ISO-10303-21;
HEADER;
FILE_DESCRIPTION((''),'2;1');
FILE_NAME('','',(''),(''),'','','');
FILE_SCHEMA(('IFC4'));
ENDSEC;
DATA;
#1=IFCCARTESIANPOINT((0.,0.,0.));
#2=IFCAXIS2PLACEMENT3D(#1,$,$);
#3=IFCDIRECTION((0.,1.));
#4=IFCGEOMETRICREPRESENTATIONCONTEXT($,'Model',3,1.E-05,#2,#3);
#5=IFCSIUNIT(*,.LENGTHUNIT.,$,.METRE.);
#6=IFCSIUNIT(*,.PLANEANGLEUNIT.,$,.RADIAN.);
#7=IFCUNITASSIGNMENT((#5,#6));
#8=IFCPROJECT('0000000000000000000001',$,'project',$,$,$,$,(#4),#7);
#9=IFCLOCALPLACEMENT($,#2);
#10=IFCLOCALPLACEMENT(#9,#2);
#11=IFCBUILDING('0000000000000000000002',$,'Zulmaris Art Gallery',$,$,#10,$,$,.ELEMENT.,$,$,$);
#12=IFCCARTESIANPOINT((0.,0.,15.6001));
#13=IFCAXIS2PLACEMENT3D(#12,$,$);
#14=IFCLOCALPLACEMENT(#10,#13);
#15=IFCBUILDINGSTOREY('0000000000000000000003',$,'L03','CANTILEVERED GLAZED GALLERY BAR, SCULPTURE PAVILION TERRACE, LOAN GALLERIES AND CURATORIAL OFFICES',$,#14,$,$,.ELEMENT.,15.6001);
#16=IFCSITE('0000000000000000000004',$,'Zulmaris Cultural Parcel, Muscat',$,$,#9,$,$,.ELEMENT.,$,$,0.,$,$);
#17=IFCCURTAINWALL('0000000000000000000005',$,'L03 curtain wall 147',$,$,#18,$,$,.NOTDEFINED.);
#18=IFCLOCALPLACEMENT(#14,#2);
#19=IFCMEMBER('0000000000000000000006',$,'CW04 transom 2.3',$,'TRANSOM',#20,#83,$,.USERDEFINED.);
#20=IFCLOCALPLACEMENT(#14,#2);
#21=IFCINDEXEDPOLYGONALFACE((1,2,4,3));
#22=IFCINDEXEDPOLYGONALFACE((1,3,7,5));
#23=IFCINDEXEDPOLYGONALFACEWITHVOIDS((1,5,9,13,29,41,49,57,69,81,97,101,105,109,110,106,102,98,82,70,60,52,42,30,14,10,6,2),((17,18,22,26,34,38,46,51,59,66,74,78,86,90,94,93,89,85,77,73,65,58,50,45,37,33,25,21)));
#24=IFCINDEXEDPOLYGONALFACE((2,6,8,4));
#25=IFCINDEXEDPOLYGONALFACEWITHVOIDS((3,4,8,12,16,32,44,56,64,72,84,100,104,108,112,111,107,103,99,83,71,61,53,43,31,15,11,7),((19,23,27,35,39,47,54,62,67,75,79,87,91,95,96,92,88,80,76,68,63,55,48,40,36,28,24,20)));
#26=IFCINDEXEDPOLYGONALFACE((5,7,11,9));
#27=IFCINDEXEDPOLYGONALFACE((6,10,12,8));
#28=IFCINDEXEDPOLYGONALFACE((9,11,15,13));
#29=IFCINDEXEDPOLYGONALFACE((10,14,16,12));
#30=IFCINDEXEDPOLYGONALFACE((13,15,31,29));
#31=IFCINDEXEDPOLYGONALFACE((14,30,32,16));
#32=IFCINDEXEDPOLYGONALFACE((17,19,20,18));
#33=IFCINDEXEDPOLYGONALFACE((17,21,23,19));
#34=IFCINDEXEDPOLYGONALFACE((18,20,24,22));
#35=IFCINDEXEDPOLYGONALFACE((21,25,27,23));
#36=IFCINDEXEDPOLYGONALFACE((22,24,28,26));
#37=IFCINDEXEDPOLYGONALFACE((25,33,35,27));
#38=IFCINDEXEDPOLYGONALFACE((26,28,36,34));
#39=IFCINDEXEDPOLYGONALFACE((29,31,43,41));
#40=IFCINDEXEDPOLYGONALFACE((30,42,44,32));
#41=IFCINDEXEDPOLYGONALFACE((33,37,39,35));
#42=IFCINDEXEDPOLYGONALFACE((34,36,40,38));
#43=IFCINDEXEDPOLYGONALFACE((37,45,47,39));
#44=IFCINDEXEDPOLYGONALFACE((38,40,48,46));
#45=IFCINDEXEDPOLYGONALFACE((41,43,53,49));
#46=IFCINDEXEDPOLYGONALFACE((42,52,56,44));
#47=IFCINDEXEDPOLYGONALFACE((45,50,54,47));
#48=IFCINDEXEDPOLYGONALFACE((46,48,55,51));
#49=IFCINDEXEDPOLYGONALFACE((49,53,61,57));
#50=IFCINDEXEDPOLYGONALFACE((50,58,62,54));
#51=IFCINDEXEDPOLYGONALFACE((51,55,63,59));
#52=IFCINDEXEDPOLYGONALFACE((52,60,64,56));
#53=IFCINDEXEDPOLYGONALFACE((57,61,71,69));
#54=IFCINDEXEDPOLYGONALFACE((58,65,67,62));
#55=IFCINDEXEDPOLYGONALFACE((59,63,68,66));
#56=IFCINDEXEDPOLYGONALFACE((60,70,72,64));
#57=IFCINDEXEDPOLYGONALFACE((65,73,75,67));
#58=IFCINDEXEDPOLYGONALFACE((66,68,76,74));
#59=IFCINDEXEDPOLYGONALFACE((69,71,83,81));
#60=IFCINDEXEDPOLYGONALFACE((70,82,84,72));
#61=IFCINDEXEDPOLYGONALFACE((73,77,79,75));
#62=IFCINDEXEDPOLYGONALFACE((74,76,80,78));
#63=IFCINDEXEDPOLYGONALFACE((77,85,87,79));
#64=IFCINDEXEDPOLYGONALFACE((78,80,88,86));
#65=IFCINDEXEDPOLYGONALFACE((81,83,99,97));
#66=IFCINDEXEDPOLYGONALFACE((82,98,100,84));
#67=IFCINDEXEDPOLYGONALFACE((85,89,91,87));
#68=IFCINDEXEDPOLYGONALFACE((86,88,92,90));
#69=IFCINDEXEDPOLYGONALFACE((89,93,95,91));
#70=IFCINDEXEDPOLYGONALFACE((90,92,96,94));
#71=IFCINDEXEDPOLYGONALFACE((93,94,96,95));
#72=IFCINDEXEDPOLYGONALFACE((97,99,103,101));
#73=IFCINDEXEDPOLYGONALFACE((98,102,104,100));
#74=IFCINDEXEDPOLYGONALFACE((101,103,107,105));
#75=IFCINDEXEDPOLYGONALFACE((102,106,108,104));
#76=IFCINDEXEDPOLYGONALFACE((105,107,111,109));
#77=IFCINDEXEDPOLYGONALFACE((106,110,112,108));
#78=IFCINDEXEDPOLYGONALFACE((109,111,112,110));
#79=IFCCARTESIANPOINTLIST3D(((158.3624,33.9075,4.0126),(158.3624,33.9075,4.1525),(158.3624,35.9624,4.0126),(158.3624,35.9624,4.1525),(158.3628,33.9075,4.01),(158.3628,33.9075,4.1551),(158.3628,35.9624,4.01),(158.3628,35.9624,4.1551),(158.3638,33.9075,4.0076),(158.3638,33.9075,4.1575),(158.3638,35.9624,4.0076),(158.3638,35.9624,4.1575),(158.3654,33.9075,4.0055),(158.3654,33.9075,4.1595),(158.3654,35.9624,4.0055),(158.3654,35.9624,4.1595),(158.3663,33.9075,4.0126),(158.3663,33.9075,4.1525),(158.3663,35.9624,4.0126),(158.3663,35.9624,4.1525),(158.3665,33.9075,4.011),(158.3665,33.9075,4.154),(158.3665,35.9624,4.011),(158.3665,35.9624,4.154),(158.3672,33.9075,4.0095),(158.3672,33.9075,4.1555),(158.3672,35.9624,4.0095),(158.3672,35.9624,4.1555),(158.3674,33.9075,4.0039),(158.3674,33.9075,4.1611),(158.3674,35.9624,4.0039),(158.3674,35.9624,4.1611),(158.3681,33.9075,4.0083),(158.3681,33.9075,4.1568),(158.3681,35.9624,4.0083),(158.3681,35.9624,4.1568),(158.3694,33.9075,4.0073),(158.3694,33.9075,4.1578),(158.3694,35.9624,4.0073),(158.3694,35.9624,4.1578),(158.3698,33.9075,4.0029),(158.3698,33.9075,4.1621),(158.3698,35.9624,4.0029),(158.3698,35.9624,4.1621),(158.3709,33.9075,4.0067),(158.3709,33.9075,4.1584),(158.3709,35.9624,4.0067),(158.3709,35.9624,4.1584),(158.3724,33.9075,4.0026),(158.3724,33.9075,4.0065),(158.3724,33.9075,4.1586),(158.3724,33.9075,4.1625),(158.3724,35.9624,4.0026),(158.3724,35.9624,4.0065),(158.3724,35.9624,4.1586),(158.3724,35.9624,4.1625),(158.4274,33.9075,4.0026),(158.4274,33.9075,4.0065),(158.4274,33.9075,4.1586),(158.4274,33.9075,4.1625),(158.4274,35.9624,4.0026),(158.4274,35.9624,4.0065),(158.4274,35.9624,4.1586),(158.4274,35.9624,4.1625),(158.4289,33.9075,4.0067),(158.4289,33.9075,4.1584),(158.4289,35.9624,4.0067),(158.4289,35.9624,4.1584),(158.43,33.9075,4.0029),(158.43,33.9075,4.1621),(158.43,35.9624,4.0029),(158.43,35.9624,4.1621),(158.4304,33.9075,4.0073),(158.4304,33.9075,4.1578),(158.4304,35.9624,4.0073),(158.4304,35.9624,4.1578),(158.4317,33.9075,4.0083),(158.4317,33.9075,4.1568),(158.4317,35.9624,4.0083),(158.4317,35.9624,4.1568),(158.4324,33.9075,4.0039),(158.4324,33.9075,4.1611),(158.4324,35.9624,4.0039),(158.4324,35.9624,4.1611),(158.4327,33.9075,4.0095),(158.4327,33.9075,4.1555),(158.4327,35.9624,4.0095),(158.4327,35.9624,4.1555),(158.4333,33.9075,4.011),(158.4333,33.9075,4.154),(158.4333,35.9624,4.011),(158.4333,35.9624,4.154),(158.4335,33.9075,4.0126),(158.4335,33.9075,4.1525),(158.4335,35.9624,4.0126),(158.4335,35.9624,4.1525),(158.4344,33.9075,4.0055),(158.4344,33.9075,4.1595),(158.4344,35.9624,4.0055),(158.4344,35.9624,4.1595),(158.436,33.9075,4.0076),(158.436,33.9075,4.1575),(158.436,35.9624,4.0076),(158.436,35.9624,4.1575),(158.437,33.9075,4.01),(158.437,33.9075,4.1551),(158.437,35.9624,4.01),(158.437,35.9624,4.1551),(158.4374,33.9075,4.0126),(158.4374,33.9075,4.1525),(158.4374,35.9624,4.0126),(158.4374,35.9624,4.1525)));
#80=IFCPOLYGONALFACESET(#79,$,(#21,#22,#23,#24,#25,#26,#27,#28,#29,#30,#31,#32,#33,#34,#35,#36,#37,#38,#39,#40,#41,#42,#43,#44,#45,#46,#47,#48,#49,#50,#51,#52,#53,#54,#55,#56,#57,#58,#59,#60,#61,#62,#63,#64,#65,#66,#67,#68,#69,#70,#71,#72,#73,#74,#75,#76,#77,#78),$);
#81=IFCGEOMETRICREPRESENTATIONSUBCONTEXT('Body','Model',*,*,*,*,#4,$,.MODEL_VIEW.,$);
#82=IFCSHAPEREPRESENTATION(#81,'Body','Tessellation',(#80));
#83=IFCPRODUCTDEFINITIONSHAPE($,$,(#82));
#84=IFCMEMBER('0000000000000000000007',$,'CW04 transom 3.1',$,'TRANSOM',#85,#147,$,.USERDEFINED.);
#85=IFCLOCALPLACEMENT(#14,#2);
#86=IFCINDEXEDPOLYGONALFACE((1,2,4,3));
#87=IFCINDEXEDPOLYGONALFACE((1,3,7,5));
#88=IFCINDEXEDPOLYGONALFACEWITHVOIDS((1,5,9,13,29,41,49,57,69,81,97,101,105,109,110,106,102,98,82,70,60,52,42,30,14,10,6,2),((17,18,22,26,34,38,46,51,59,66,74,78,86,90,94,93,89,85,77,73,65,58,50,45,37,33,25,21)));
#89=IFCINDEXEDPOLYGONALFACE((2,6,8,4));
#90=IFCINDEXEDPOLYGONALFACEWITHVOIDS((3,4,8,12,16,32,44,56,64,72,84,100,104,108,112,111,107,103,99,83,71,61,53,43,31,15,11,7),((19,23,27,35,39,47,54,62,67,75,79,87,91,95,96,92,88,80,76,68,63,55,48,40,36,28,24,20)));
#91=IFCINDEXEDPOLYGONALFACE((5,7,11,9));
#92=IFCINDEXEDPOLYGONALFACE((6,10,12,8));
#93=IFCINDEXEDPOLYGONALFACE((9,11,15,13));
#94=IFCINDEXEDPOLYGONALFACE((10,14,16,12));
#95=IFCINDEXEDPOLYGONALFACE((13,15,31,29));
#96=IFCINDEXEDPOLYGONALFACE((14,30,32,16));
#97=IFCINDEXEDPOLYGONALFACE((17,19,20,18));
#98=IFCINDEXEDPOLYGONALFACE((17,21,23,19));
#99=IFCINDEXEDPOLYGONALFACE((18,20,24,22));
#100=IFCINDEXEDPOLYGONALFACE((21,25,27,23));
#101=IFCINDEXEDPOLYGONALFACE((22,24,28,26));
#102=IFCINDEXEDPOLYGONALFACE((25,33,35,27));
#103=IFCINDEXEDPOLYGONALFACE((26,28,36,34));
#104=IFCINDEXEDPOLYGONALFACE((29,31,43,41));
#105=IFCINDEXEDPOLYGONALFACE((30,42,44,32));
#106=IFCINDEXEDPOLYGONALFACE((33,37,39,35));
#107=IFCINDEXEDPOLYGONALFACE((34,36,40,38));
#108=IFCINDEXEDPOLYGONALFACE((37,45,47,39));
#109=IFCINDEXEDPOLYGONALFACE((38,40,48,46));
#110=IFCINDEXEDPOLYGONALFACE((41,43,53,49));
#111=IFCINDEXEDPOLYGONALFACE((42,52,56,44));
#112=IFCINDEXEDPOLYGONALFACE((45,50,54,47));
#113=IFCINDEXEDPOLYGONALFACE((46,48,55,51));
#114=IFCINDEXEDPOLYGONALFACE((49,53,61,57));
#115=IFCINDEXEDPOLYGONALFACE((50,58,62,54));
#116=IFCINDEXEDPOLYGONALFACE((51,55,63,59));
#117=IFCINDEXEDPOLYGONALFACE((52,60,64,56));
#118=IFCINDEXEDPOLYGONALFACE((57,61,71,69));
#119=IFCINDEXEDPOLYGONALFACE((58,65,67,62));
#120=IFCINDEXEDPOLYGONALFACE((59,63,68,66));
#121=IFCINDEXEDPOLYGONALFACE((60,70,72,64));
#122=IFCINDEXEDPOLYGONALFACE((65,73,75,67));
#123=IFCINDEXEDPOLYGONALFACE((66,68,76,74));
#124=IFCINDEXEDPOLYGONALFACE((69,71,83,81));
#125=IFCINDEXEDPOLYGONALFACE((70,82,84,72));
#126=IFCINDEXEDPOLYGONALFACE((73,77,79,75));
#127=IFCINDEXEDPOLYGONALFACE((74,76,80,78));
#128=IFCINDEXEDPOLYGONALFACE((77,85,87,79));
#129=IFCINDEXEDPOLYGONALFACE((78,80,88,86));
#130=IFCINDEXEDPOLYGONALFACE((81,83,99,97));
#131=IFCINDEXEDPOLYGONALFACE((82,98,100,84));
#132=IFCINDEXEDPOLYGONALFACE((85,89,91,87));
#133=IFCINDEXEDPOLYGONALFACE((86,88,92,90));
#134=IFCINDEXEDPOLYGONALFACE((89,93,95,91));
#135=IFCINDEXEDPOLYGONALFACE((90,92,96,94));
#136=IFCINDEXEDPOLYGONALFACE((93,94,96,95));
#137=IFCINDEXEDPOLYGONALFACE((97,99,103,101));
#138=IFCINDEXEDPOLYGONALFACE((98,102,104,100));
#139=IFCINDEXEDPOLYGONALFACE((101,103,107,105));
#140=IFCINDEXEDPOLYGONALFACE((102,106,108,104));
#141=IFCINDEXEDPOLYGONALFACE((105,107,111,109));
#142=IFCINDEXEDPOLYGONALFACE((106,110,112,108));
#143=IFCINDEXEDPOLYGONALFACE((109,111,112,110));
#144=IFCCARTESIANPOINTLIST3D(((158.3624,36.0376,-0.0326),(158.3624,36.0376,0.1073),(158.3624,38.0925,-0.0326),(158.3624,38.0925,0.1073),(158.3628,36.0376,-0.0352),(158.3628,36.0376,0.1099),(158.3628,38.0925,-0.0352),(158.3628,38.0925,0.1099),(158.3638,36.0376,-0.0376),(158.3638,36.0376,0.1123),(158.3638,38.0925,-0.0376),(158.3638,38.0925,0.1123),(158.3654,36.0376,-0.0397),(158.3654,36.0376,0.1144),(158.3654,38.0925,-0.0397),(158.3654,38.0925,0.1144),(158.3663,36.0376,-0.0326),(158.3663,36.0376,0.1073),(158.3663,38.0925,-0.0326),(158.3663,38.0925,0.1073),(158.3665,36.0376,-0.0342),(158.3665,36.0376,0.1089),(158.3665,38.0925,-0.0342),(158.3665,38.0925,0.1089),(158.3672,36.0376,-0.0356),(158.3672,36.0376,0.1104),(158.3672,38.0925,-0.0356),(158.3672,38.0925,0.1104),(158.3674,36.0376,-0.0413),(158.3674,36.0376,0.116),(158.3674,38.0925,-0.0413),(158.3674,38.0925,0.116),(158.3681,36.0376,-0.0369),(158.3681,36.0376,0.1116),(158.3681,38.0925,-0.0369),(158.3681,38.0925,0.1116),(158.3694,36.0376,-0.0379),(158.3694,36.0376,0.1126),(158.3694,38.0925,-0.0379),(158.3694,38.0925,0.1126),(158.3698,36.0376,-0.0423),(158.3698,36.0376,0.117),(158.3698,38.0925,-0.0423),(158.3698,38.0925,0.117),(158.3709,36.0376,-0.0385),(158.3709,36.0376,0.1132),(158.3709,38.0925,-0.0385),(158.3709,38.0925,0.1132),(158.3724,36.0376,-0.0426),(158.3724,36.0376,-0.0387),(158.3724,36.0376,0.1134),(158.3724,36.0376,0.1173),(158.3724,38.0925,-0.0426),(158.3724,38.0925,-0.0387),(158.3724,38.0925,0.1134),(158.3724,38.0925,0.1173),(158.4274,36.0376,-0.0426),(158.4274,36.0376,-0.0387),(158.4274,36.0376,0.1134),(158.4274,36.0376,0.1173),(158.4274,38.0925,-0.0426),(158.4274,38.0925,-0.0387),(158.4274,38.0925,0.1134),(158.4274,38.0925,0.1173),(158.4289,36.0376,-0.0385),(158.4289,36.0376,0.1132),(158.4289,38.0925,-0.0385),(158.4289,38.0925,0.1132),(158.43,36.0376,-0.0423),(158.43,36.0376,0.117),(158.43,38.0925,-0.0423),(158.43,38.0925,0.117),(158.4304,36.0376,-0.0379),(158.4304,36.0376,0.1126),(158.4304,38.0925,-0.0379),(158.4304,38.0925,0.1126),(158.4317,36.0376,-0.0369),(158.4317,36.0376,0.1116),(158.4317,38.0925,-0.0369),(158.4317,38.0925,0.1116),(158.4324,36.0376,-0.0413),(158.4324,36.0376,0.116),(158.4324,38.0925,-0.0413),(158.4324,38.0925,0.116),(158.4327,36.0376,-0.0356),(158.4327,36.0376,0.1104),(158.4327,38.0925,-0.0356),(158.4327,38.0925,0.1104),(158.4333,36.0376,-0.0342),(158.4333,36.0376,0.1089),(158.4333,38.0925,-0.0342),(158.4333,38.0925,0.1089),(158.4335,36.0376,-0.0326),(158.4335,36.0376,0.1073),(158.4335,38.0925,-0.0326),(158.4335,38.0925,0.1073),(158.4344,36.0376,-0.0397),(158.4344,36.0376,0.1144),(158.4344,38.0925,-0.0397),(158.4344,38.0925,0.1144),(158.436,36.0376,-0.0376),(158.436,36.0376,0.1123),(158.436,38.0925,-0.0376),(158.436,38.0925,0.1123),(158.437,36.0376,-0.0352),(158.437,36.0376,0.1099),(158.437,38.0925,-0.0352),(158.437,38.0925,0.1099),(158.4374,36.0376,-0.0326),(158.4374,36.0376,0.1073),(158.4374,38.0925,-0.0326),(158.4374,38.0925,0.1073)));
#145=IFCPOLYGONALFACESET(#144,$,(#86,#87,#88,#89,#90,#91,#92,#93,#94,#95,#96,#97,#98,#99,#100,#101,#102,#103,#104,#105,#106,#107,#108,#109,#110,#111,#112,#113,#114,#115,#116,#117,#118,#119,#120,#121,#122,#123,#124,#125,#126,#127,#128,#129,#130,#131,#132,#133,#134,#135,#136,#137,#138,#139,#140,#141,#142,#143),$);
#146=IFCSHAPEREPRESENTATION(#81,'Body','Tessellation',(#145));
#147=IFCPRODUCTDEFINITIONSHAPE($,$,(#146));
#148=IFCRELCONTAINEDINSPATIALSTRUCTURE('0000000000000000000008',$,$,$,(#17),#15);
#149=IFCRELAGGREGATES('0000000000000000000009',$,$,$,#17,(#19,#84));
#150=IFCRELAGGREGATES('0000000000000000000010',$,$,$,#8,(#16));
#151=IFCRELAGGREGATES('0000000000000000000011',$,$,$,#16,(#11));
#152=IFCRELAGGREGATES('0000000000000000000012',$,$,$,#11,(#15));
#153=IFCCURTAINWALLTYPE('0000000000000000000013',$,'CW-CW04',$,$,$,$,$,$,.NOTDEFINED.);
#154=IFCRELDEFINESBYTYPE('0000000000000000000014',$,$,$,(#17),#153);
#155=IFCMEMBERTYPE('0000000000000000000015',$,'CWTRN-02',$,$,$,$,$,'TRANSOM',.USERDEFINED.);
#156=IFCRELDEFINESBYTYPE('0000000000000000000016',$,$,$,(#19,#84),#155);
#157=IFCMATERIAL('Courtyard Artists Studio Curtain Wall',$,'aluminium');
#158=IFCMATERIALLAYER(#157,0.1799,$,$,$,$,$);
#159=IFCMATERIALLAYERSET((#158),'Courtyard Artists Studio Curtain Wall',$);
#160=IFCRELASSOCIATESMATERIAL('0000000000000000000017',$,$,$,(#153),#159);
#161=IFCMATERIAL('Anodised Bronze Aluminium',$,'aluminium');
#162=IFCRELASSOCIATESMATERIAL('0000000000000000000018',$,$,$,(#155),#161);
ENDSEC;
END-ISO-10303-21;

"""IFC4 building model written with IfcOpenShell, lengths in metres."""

from ifc_helpers import new_model, si_unit, direction, frame, origin, origin_2d, place, context, subcontext, project, spatial, hollow_rectangle, extrude, material, layer, layer_set, material_profile, profile_set, type_object, element, aggregate, save


model = new_model("IFC4")

# Units and contexts
model_context = context("Model", 3, precision=1e-05, world=origin(), true_north=direction((0.0, 1.0)))
body_context = subcontext(model_context, "Body", "Model", "MODEL_VIEW")
ifc_project = project(units=[si_unit("LENGTHUNIT", "METRE"), si_unit("PLANEANGLEUNIT", "RADIAN")], contexts=[model_context])

# Site, building, storey
site_placement = place(None, origin())
site = spatial("IfcSite", under=ifc_project, at=site_placement, Name="Zulmaris Cultural Parcel, Muscat", CompositionType="ELEMENT", RefElevation=0.0)
building_placement = place(site_placement, origin())
building = spatial("IfcBuilding", under=site, at=building_placement, Name="Zulmaris Art Gallery", CompositionType="ELEMENT")
storey_placement = place(building_placement, frame((0.0, 0.0, 15.6001)))
storey = spatial("IfcBuildingStorey", under=building, at=storey_placement, Name="L03", Description="CANTILEVERED GLAZED GALLERY BAR, SCULPTURE PAVILION TERRACE, LOAN GALLERIES AND CURATORIAL OFFICES", CompositionType="ELEMENT", Elevation=15.6001)

# Curtain wall
ifc_material_1 = material(Name="Courtyard Artists Studio Curtain Wall", Category="aluminium")
ifc_layer_1 = layer(ifc_material_1, 0.1799)
ifc_layer_set_1 = layer_set([ifc_layer_1], Name="Courtyard Artists Studio Curtain Wall")
curtain_wall_type = type_object("IfcCurtainWallType", Name="CW-CW04", PredefinedType="NOTDEFINED", material=ifc_layer_set_1)
curtain_wall_1_placement = place(storey_placement, origin())
curtain_wall_1 = element("IfcCurtainWall", 1, at=curtain_wall_1_placement, inside=storey, type_object=curtain_wall_type, Name="L03 curtain wall 147", PredefinedType="NOTDEFINED")
ifc_material_2 = material(Name="Anodised Bronze Aluminium", Category="aluminium")

# Members
ifc_material_profile_1 = material_profile(ifc_material_2, hollow_rectangle(XDim=0.075, YDim=0.1599, WallThickness=0.0039, InnerFilletRadius=0.0061, OuterFilletRadius=0.01, at=origin_2d()), Name="ALU 75x160x4")
ifc_profile_set_1 = profile_set([ifc_material_profile_1], Name="Anodised Bronze Aluminium")
member_type_1 = type_object("IfcMemberType", Name="CWTRN-02", ElementType="TRANSOM", PredefinedType="USERDEFINED", material=ifc_profile_set_1)
member_1_placement = place(storey_placement, frame((158.3999, 33.9075, 4.0825), z_axis=(0.0, 1.0, 0.0), x_axis=(-1.0, 0.0, 0.0)))
member_1 = element("IfcMember", 2, at=member_1_placement, type_object=member_type_1, Name="CW04 transom 2.3", ObjectType="TRANSOM", PredefinedType="USERDEFINED", context=body_context, shape_type="SweptSolid", body=[
    extrude(hollow_rectangle(XDim=0.075, YDim=0.1599, WallThickness=0.0039, InnerFilletRadius=0.0061, OuterFilletRadius=0.01, at=origin_2d()), origin(), (0.0, 0.0, 1.0), 2.0549),
])
member_2_placement = place(storey_placement, frame((158.3999, 36.0376, 0.0374), z_axis=(0.0, 1.0, 0.0), x_axis=(-1.0, 0.0, 0.0)))
member_2 = element("IfcMember", 3, at=member_2_placement, type_object=member_type_1, Name="CW04 transom 3.1", ObjectType="TRANSOM", PredefinedType="USERDEFINED", context=body_context, shape_type="SweptSolid", body=[
    extrude(hollow_rectangle(XDim=0.075, YDim=0.1599, WallThickness=0.0039, InnerFilletRadius=0.0061, OuterFilletRadius=0.01, at=origin_2d()), origin(), (0.0, 0.0, 1.0), 2.0549),
])

aggregate(curtain_wall_1, [member_1, member_2])

save(model, "model.ifc")
